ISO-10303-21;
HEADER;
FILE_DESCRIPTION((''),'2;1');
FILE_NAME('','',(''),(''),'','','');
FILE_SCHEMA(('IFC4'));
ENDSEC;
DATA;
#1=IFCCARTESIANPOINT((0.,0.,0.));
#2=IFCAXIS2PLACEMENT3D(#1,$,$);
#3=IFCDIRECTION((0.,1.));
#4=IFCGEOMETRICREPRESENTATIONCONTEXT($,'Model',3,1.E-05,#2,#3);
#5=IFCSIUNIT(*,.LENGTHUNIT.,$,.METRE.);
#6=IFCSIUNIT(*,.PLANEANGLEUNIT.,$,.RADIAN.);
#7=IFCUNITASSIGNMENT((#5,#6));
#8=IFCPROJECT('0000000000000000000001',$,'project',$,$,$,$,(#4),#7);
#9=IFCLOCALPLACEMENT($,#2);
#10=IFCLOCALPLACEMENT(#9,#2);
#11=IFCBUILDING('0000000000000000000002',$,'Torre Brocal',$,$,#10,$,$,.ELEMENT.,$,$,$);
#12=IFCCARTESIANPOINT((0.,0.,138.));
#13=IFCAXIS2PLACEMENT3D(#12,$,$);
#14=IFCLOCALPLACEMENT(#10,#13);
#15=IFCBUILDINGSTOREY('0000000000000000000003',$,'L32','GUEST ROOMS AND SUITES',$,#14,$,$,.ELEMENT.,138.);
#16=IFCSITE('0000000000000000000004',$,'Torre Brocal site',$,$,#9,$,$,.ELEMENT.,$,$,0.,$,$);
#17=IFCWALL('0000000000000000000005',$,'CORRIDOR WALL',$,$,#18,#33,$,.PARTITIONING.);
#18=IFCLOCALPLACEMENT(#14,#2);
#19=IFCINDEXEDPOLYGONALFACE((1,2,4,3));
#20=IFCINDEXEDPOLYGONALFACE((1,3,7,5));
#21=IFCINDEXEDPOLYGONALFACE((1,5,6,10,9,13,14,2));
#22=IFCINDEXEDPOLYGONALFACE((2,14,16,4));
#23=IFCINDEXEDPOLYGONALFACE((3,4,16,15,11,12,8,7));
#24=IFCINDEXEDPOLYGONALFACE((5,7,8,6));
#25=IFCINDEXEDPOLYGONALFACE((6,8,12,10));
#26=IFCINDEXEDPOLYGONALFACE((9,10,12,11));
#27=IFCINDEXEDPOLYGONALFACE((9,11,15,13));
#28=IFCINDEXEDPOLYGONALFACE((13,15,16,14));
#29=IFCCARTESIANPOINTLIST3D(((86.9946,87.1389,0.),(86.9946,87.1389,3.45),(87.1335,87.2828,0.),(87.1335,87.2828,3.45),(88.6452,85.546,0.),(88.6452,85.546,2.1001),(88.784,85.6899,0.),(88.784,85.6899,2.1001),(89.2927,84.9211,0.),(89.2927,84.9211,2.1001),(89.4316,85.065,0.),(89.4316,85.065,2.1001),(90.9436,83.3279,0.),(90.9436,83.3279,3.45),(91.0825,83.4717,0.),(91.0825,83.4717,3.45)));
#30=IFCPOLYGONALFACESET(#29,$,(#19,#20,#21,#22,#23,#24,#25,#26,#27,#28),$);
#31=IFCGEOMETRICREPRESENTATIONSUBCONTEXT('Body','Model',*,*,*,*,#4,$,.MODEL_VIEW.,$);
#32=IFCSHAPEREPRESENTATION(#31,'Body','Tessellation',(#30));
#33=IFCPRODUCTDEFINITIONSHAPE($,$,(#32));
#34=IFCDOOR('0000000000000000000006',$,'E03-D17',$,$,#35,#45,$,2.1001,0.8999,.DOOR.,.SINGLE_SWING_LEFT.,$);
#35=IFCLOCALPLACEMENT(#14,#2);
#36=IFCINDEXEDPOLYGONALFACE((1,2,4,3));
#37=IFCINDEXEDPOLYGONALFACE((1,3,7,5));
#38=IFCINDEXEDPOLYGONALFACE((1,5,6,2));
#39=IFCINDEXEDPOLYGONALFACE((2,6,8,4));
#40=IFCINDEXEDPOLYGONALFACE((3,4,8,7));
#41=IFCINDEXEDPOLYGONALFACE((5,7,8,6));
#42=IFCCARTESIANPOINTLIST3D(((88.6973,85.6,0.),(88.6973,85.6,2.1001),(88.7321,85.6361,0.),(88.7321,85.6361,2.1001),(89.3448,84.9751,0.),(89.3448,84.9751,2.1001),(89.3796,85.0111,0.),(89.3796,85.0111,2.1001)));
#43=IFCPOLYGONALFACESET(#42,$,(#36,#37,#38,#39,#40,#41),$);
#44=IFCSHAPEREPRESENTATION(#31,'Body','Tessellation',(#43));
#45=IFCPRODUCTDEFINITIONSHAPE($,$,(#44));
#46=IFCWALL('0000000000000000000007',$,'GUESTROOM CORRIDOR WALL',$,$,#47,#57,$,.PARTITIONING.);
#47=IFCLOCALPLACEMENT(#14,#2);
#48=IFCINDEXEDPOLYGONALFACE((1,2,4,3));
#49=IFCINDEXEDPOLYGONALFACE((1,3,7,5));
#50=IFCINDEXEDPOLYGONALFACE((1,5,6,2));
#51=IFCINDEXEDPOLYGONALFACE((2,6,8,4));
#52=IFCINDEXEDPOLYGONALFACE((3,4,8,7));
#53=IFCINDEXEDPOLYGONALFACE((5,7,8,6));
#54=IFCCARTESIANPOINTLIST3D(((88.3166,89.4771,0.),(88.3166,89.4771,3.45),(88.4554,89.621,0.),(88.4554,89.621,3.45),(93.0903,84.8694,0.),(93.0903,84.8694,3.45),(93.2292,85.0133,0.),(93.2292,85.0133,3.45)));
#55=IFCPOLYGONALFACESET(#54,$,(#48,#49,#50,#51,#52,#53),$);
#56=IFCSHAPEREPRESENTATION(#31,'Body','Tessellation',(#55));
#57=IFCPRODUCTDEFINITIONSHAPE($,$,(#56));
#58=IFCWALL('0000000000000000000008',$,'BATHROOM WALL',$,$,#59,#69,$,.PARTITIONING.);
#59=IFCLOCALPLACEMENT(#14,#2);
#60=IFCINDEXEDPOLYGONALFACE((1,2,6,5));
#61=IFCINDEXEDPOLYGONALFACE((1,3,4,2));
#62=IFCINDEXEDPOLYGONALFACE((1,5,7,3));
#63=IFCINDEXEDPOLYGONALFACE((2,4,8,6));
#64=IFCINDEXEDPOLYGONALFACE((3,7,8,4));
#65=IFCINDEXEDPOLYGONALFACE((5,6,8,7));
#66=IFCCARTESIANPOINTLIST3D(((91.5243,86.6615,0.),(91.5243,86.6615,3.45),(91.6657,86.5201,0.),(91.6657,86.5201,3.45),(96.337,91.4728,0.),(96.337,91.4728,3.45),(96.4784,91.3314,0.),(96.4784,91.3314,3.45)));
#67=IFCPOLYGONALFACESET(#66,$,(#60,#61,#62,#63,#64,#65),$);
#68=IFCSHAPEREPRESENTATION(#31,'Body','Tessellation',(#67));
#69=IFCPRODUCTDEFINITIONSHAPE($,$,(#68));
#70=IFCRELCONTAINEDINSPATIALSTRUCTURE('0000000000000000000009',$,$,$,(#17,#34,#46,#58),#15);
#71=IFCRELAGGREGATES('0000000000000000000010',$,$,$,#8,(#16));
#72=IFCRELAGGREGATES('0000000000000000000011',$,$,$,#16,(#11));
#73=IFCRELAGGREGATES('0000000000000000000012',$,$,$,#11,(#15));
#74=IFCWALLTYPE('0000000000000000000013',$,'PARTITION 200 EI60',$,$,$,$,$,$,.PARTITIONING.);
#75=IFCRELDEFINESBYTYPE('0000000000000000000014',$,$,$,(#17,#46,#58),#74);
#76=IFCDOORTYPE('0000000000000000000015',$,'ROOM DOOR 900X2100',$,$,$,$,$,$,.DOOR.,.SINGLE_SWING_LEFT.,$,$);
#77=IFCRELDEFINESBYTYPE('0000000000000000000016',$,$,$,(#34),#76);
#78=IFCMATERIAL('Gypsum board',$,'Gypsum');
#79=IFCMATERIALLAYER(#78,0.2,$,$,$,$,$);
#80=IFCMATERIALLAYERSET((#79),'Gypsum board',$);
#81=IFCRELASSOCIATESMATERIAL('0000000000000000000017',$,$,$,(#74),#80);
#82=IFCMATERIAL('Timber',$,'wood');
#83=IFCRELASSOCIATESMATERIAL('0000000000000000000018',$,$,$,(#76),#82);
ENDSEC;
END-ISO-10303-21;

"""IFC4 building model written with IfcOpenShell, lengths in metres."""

from ifc_helpers import new_model, si_unit, direction, frame, frame_2d, origin, place, context, subcontext, project, spatial, rectangle, extrude, material, layer, layer_set, type_object, element, fill, save


model = new_model("IFC4")

# Units and contexts
model_context = context("Model", 3, precision=1e-05, world=origin(), true_north=direction((0.0, 1.0)))
body_context = subcontext(model_context, "Body", "Model", "MODEL_VIEW")
ifc_project = project(units=[si_unit("LENGTHUNIT", "METRE"), si_unit("PLANEANGLEUNIT", "RADIAN")], contexts=[model_context])

# Site, building, storey
site_placement = place(None, origin())
site = spatial("IfcSite", under=ifc_project, at=site_placement, Name="Torre Brocal site", CompositionType="ELEMENT", RefElevation=0.0)
building_placement = place(site_placement, origin())
building = spatial("IfcBuilding", under=site, at=building_placement, Name="Torre Brocal", CompositionType="ELEMENT")
storey_placement = place(building_placement, frame((0.0, 0.0, 138.0)))
storey = spatial("IfcBuildingStorey", under=building, at=storey_placement, Name="L32", Description="GUEST ROOMS AND SUITES", CompositionType="ELEMENT", Elevation=138.0)

# Shared definitions
ifc_material_1 = material(Name="Gypsum board", Category="Gypsum")
ifc_layer_1 = layer(ifc_material_1, 0.2)
ifc_layer_set_1 = layer_set([ifc_layer_1], Name="Gypsum board")
wall_type_1 = type_object("IfcWallType", Name="PARTITION 200 EI60", PredefinedType="PARTITIONING", material=ifc_layer_set_1)

# Wall, opening, door
wall_1_placement = place(storey_placement, frame((87.064, 87.2109, 0.0), z_axis=(0.0, 0.0, 1.0), x_axis=(0.719562, -0.694428, 0.0)))
wall_1 = element("IfcWall", 1, at=wall_1_placement, inside=storey, type_object=wall_type_1, Name="CORRIDOR WALL", PredefinedType="PARTITIONING", context=body_context, shape_type="SweptSolid", body=[
    extrude(rectangle(XDim=5.488, YDim=0.2, at=frame_2d((2.7441, 0.0))), origin(), (0.0, 0.0, 1.0), 3.45),
])
opening_1_placement = place(wall_1_placement, frame((2.2939, 0.0, 0.0)))
opening_1 = element("IfcOpeningElement", 2, at=opening_1_placement, cuts=wall_1, PredefinedType="OPENING", context=body_context, shape_type="SweptSolid", body=[
    extrude(rectangle(XDim=0.8999, YDim=2.1001, at=frame_2d((0.45, 1.05))), frame((0.0, 0.1099, 0.0), z_axis=(0.0, -1.0, 0.0), x_axis=(1.0, 0.0, 0.0)), (0.0, 0.0, 1.0), 0.22),
])
ifc_material_2 = material(Name="Timber", Category="wood")
door_type_1 = type_object("IfcDoorType", Name="ROOM DOOR 900X2100", OperationType="SINGLE_SWING_LEFT", PredefinedType="DOOR", material=ifc_material_2)
door_1_placement = place(opening_1_placement, frame((0.8999, 0.0, 0.0), z_axis=(0.0, 0.0, 1.0), x_axis=(-1.0, 0.0, 0.0)))
door_1 = element("IfcDoor", 3, at=door_1_placement, inside=storey, type_object=door_type_1, Name="E03-D17", OperationType="SINGLE_SWING_LEFT", OverallHeight=2.1001, OverallWidth=0.8999, PredefinedType="DOOR", context=body_context, shape_type="SweptSolid", body=[
    extrude(rectangle(XDim=0.8999, YDim=2.1001, at=frame_2d((0.45, 1.05))), frame((0.0, 0.0249, 0.0), z_axis=(0.0, -1.0, 0.0), x_axis=(1.0, 0.0, 0.0)), (0.0, 0.0, 1.0), 0.05),
])
fill(opening_1, door_1)

# Walls
wall_2_placement = place(storey_placement, frame((88.386, 89.5491, 0.0), z_axis=(0.0, 0.0, 1.0), x_axis=(0.719507, -0.694485, 0.0)))
element("IfcWall", 4, at=wall_2_placement, inside=storey, type_object=wall_type_1, Name="GUESTROOM CORRIDOR WALL", PredefinedType="PARTITIONING", context=body_context, shape_type="SweptSolid", body=[
    extrude(rectangle(XDim=6.6348, YDim=0.2, at=frame_2d((3.3174, 0.0))), origin(), (0.0, 0.0, 1.0), 3.45),
])
wall_3_placement = place(storey_placement, frame((91.595, 86.5908, 0.0), z_axis=(0.0, 0.0, 1.0), x_axis=(0.707214, 0.706999, 0.0)))
element("IfcWall", 5, at=wall_3_placement, inside=storey, type_object=wall_type_1, Name="BATHROOM WALL", PredefinedType="PARTITIONING", context=body_context, shape_type="SweptSolid", body=[
    extrude(rectangle(XDim=6.8052, YDim=0.2, at=frame_2d((3.4026, 0.0))), origin(), (0.0, 0.0, 1.0), 3.45),
])

save(model, "model.ifc")
